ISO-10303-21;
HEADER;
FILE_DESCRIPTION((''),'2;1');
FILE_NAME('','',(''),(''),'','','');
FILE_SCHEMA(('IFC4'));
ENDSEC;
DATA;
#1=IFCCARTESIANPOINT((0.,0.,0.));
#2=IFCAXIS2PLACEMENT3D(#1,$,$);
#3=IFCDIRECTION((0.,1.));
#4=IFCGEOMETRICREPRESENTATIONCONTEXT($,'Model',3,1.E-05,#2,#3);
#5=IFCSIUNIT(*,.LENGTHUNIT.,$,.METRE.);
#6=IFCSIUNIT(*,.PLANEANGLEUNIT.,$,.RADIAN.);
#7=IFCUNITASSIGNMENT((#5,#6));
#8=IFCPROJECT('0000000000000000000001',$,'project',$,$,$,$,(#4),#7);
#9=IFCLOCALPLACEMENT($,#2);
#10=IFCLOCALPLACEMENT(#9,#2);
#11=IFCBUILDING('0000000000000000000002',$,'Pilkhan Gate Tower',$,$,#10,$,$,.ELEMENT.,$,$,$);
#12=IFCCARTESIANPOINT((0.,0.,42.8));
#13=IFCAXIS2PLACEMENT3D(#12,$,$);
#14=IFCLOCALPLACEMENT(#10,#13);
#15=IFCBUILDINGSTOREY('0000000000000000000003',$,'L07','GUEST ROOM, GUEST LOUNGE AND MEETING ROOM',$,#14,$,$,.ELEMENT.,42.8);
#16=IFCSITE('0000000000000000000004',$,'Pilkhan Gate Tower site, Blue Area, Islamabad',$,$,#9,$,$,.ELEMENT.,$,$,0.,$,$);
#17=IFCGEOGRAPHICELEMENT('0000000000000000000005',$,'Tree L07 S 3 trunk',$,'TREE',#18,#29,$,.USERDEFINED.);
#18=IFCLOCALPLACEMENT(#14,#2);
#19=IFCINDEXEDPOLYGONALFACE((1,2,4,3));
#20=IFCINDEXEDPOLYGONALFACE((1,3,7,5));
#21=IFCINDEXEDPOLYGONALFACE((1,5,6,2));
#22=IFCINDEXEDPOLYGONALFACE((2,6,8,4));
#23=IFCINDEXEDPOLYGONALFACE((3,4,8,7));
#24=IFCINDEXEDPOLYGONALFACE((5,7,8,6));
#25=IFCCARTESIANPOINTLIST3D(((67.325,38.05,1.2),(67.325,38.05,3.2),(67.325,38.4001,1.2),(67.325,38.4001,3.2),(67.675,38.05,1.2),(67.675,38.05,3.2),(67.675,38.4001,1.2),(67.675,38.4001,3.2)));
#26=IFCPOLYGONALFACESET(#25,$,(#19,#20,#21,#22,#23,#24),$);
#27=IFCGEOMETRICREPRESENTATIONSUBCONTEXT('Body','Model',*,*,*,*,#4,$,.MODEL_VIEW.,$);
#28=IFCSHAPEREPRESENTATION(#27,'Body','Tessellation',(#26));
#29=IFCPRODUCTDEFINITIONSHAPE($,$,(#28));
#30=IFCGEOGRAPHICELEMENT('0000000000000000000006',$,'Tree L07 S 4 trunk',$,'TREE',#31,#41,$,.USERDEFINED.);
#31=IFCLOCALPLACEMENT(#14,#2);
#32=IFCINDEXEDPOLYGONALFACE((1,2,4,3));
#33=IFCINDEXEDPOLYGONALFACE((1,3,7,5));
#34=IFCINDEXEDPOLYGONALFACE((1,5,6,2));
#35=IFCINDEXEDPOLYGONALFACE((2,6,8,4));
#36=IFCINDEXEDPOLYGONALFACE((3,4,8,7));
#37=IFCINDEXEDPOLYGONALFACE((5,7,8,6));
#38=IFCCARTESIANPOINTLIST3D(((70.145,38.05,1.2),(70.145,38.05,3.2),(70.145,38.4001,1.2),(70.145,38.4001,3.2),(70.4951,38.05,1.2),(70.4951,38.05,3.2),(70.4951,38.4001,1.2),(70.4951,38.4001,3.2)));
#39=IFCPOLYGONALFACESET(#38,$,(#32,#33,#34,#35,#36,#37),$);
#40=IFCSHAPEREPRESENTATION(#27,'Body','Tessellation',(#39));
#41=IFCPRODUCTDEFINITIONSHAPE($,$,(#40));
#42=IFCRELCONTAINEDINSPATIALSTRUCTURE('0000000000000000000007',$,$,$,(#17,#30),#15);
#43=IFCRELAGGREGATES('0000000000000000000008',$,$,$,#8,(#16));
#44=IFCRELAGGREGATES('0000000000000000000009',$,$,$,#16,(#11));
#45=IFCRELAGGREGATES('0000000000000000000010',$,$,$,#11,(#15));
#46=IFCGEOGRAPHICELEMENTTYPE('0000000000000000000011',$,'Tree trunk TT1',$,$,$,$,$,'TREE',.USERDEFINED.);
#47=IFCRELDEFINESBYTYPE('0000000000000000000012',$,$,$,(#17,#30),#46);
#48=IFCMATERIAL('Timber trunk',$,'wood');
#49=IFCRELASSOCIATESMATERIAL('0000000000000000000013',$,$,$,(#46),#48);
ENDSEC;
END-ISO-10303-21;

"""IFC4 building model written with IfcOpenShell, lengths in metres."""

from ifc_helpers import new_model, si_unit, direction, frame, origin, origin_2d, place, context, subcontext, project, spatial, rectangle, extrude, material, type_object, element, save


model = new_model("IFC4")

# Units and contexts
model_context = context("Model", 3, precision=1e-05, world=origin(), true_north=direction((0.0, 1.0)))
body_context = subcontext(model_context, "Body", "Model", "MODEL_VIEW")
ifc_project = project(units=[si_unit("LENGTHUNIT", "METRE"), si_unit("PLANEANGLEUNIT", "RADIAN")], contexts=[model_context])

# Site, building, storey
site_placement = place(None, origin())
site = spatial("IfcSite", under=ifc_project, at=site_placement, Name="Pilkhan Gate Tower site, Blue Area, Islamabad", CompositionType="ELEMENT", RefElevation=0.0)
building_placement = place(site_placement, origin())
building = spatial("IfcBuilding", under=site, at=building_placement, Name="Pilkhan Gate Tower", CompositionType="ELEMENT")
storey_placement = place(building_placement, frame((0.0, 0.0, 42.8)))
storey = spatial("IfcBuildingStorey", under=building, at=storey_placement, Name="L07", Description="GUEST ROOM, GUEST LOUNGE AND MEETING ROOM", CompositionType="ELEMENT", Elevation=42.8)

# Geographic elements
ifc_material_1 = material(Name="Timber trunk", Category="wood")
geographic_element_type_1 = type_object("IfcGeographicElementType", Name="Tree trunk TT1", ElementType="TREE", PredefinedType="USERDEFINED", material=ifc_material_1)
for number, where, z_axis, x_axis, name in (
    (1, (67.5, 38.2251, 1.2), (0.0, 0.0, 1.0), (1.0, 0.0, 0.0), "Tree L07 S 3 trunk"),
    (2, (70.3201, 38.2251, 1.2), (0.0, 0.0, 1.0), (1.0, 0.0, 0.0), "Tree L07 S 4 trunk"),
):
    element("IfcGeographicElement", number, at=place(storey_placement, frame(where, z_axis=z_axis, x_axis=x_axis)), inside=storey, type_object=geographic_element_type_1, Name=name, ObjectType="TREE", PredefinedType="USERDEFINED", context=body_context, shape_type="SweptSolid", body=[
        extrude(rectangle(XDim=0.3501, YDim=0.3501, at=origin_2d()), origin(), (0.0, 0.0, 1.0), 2.0),
    ])

save(model, "model.ifc")
